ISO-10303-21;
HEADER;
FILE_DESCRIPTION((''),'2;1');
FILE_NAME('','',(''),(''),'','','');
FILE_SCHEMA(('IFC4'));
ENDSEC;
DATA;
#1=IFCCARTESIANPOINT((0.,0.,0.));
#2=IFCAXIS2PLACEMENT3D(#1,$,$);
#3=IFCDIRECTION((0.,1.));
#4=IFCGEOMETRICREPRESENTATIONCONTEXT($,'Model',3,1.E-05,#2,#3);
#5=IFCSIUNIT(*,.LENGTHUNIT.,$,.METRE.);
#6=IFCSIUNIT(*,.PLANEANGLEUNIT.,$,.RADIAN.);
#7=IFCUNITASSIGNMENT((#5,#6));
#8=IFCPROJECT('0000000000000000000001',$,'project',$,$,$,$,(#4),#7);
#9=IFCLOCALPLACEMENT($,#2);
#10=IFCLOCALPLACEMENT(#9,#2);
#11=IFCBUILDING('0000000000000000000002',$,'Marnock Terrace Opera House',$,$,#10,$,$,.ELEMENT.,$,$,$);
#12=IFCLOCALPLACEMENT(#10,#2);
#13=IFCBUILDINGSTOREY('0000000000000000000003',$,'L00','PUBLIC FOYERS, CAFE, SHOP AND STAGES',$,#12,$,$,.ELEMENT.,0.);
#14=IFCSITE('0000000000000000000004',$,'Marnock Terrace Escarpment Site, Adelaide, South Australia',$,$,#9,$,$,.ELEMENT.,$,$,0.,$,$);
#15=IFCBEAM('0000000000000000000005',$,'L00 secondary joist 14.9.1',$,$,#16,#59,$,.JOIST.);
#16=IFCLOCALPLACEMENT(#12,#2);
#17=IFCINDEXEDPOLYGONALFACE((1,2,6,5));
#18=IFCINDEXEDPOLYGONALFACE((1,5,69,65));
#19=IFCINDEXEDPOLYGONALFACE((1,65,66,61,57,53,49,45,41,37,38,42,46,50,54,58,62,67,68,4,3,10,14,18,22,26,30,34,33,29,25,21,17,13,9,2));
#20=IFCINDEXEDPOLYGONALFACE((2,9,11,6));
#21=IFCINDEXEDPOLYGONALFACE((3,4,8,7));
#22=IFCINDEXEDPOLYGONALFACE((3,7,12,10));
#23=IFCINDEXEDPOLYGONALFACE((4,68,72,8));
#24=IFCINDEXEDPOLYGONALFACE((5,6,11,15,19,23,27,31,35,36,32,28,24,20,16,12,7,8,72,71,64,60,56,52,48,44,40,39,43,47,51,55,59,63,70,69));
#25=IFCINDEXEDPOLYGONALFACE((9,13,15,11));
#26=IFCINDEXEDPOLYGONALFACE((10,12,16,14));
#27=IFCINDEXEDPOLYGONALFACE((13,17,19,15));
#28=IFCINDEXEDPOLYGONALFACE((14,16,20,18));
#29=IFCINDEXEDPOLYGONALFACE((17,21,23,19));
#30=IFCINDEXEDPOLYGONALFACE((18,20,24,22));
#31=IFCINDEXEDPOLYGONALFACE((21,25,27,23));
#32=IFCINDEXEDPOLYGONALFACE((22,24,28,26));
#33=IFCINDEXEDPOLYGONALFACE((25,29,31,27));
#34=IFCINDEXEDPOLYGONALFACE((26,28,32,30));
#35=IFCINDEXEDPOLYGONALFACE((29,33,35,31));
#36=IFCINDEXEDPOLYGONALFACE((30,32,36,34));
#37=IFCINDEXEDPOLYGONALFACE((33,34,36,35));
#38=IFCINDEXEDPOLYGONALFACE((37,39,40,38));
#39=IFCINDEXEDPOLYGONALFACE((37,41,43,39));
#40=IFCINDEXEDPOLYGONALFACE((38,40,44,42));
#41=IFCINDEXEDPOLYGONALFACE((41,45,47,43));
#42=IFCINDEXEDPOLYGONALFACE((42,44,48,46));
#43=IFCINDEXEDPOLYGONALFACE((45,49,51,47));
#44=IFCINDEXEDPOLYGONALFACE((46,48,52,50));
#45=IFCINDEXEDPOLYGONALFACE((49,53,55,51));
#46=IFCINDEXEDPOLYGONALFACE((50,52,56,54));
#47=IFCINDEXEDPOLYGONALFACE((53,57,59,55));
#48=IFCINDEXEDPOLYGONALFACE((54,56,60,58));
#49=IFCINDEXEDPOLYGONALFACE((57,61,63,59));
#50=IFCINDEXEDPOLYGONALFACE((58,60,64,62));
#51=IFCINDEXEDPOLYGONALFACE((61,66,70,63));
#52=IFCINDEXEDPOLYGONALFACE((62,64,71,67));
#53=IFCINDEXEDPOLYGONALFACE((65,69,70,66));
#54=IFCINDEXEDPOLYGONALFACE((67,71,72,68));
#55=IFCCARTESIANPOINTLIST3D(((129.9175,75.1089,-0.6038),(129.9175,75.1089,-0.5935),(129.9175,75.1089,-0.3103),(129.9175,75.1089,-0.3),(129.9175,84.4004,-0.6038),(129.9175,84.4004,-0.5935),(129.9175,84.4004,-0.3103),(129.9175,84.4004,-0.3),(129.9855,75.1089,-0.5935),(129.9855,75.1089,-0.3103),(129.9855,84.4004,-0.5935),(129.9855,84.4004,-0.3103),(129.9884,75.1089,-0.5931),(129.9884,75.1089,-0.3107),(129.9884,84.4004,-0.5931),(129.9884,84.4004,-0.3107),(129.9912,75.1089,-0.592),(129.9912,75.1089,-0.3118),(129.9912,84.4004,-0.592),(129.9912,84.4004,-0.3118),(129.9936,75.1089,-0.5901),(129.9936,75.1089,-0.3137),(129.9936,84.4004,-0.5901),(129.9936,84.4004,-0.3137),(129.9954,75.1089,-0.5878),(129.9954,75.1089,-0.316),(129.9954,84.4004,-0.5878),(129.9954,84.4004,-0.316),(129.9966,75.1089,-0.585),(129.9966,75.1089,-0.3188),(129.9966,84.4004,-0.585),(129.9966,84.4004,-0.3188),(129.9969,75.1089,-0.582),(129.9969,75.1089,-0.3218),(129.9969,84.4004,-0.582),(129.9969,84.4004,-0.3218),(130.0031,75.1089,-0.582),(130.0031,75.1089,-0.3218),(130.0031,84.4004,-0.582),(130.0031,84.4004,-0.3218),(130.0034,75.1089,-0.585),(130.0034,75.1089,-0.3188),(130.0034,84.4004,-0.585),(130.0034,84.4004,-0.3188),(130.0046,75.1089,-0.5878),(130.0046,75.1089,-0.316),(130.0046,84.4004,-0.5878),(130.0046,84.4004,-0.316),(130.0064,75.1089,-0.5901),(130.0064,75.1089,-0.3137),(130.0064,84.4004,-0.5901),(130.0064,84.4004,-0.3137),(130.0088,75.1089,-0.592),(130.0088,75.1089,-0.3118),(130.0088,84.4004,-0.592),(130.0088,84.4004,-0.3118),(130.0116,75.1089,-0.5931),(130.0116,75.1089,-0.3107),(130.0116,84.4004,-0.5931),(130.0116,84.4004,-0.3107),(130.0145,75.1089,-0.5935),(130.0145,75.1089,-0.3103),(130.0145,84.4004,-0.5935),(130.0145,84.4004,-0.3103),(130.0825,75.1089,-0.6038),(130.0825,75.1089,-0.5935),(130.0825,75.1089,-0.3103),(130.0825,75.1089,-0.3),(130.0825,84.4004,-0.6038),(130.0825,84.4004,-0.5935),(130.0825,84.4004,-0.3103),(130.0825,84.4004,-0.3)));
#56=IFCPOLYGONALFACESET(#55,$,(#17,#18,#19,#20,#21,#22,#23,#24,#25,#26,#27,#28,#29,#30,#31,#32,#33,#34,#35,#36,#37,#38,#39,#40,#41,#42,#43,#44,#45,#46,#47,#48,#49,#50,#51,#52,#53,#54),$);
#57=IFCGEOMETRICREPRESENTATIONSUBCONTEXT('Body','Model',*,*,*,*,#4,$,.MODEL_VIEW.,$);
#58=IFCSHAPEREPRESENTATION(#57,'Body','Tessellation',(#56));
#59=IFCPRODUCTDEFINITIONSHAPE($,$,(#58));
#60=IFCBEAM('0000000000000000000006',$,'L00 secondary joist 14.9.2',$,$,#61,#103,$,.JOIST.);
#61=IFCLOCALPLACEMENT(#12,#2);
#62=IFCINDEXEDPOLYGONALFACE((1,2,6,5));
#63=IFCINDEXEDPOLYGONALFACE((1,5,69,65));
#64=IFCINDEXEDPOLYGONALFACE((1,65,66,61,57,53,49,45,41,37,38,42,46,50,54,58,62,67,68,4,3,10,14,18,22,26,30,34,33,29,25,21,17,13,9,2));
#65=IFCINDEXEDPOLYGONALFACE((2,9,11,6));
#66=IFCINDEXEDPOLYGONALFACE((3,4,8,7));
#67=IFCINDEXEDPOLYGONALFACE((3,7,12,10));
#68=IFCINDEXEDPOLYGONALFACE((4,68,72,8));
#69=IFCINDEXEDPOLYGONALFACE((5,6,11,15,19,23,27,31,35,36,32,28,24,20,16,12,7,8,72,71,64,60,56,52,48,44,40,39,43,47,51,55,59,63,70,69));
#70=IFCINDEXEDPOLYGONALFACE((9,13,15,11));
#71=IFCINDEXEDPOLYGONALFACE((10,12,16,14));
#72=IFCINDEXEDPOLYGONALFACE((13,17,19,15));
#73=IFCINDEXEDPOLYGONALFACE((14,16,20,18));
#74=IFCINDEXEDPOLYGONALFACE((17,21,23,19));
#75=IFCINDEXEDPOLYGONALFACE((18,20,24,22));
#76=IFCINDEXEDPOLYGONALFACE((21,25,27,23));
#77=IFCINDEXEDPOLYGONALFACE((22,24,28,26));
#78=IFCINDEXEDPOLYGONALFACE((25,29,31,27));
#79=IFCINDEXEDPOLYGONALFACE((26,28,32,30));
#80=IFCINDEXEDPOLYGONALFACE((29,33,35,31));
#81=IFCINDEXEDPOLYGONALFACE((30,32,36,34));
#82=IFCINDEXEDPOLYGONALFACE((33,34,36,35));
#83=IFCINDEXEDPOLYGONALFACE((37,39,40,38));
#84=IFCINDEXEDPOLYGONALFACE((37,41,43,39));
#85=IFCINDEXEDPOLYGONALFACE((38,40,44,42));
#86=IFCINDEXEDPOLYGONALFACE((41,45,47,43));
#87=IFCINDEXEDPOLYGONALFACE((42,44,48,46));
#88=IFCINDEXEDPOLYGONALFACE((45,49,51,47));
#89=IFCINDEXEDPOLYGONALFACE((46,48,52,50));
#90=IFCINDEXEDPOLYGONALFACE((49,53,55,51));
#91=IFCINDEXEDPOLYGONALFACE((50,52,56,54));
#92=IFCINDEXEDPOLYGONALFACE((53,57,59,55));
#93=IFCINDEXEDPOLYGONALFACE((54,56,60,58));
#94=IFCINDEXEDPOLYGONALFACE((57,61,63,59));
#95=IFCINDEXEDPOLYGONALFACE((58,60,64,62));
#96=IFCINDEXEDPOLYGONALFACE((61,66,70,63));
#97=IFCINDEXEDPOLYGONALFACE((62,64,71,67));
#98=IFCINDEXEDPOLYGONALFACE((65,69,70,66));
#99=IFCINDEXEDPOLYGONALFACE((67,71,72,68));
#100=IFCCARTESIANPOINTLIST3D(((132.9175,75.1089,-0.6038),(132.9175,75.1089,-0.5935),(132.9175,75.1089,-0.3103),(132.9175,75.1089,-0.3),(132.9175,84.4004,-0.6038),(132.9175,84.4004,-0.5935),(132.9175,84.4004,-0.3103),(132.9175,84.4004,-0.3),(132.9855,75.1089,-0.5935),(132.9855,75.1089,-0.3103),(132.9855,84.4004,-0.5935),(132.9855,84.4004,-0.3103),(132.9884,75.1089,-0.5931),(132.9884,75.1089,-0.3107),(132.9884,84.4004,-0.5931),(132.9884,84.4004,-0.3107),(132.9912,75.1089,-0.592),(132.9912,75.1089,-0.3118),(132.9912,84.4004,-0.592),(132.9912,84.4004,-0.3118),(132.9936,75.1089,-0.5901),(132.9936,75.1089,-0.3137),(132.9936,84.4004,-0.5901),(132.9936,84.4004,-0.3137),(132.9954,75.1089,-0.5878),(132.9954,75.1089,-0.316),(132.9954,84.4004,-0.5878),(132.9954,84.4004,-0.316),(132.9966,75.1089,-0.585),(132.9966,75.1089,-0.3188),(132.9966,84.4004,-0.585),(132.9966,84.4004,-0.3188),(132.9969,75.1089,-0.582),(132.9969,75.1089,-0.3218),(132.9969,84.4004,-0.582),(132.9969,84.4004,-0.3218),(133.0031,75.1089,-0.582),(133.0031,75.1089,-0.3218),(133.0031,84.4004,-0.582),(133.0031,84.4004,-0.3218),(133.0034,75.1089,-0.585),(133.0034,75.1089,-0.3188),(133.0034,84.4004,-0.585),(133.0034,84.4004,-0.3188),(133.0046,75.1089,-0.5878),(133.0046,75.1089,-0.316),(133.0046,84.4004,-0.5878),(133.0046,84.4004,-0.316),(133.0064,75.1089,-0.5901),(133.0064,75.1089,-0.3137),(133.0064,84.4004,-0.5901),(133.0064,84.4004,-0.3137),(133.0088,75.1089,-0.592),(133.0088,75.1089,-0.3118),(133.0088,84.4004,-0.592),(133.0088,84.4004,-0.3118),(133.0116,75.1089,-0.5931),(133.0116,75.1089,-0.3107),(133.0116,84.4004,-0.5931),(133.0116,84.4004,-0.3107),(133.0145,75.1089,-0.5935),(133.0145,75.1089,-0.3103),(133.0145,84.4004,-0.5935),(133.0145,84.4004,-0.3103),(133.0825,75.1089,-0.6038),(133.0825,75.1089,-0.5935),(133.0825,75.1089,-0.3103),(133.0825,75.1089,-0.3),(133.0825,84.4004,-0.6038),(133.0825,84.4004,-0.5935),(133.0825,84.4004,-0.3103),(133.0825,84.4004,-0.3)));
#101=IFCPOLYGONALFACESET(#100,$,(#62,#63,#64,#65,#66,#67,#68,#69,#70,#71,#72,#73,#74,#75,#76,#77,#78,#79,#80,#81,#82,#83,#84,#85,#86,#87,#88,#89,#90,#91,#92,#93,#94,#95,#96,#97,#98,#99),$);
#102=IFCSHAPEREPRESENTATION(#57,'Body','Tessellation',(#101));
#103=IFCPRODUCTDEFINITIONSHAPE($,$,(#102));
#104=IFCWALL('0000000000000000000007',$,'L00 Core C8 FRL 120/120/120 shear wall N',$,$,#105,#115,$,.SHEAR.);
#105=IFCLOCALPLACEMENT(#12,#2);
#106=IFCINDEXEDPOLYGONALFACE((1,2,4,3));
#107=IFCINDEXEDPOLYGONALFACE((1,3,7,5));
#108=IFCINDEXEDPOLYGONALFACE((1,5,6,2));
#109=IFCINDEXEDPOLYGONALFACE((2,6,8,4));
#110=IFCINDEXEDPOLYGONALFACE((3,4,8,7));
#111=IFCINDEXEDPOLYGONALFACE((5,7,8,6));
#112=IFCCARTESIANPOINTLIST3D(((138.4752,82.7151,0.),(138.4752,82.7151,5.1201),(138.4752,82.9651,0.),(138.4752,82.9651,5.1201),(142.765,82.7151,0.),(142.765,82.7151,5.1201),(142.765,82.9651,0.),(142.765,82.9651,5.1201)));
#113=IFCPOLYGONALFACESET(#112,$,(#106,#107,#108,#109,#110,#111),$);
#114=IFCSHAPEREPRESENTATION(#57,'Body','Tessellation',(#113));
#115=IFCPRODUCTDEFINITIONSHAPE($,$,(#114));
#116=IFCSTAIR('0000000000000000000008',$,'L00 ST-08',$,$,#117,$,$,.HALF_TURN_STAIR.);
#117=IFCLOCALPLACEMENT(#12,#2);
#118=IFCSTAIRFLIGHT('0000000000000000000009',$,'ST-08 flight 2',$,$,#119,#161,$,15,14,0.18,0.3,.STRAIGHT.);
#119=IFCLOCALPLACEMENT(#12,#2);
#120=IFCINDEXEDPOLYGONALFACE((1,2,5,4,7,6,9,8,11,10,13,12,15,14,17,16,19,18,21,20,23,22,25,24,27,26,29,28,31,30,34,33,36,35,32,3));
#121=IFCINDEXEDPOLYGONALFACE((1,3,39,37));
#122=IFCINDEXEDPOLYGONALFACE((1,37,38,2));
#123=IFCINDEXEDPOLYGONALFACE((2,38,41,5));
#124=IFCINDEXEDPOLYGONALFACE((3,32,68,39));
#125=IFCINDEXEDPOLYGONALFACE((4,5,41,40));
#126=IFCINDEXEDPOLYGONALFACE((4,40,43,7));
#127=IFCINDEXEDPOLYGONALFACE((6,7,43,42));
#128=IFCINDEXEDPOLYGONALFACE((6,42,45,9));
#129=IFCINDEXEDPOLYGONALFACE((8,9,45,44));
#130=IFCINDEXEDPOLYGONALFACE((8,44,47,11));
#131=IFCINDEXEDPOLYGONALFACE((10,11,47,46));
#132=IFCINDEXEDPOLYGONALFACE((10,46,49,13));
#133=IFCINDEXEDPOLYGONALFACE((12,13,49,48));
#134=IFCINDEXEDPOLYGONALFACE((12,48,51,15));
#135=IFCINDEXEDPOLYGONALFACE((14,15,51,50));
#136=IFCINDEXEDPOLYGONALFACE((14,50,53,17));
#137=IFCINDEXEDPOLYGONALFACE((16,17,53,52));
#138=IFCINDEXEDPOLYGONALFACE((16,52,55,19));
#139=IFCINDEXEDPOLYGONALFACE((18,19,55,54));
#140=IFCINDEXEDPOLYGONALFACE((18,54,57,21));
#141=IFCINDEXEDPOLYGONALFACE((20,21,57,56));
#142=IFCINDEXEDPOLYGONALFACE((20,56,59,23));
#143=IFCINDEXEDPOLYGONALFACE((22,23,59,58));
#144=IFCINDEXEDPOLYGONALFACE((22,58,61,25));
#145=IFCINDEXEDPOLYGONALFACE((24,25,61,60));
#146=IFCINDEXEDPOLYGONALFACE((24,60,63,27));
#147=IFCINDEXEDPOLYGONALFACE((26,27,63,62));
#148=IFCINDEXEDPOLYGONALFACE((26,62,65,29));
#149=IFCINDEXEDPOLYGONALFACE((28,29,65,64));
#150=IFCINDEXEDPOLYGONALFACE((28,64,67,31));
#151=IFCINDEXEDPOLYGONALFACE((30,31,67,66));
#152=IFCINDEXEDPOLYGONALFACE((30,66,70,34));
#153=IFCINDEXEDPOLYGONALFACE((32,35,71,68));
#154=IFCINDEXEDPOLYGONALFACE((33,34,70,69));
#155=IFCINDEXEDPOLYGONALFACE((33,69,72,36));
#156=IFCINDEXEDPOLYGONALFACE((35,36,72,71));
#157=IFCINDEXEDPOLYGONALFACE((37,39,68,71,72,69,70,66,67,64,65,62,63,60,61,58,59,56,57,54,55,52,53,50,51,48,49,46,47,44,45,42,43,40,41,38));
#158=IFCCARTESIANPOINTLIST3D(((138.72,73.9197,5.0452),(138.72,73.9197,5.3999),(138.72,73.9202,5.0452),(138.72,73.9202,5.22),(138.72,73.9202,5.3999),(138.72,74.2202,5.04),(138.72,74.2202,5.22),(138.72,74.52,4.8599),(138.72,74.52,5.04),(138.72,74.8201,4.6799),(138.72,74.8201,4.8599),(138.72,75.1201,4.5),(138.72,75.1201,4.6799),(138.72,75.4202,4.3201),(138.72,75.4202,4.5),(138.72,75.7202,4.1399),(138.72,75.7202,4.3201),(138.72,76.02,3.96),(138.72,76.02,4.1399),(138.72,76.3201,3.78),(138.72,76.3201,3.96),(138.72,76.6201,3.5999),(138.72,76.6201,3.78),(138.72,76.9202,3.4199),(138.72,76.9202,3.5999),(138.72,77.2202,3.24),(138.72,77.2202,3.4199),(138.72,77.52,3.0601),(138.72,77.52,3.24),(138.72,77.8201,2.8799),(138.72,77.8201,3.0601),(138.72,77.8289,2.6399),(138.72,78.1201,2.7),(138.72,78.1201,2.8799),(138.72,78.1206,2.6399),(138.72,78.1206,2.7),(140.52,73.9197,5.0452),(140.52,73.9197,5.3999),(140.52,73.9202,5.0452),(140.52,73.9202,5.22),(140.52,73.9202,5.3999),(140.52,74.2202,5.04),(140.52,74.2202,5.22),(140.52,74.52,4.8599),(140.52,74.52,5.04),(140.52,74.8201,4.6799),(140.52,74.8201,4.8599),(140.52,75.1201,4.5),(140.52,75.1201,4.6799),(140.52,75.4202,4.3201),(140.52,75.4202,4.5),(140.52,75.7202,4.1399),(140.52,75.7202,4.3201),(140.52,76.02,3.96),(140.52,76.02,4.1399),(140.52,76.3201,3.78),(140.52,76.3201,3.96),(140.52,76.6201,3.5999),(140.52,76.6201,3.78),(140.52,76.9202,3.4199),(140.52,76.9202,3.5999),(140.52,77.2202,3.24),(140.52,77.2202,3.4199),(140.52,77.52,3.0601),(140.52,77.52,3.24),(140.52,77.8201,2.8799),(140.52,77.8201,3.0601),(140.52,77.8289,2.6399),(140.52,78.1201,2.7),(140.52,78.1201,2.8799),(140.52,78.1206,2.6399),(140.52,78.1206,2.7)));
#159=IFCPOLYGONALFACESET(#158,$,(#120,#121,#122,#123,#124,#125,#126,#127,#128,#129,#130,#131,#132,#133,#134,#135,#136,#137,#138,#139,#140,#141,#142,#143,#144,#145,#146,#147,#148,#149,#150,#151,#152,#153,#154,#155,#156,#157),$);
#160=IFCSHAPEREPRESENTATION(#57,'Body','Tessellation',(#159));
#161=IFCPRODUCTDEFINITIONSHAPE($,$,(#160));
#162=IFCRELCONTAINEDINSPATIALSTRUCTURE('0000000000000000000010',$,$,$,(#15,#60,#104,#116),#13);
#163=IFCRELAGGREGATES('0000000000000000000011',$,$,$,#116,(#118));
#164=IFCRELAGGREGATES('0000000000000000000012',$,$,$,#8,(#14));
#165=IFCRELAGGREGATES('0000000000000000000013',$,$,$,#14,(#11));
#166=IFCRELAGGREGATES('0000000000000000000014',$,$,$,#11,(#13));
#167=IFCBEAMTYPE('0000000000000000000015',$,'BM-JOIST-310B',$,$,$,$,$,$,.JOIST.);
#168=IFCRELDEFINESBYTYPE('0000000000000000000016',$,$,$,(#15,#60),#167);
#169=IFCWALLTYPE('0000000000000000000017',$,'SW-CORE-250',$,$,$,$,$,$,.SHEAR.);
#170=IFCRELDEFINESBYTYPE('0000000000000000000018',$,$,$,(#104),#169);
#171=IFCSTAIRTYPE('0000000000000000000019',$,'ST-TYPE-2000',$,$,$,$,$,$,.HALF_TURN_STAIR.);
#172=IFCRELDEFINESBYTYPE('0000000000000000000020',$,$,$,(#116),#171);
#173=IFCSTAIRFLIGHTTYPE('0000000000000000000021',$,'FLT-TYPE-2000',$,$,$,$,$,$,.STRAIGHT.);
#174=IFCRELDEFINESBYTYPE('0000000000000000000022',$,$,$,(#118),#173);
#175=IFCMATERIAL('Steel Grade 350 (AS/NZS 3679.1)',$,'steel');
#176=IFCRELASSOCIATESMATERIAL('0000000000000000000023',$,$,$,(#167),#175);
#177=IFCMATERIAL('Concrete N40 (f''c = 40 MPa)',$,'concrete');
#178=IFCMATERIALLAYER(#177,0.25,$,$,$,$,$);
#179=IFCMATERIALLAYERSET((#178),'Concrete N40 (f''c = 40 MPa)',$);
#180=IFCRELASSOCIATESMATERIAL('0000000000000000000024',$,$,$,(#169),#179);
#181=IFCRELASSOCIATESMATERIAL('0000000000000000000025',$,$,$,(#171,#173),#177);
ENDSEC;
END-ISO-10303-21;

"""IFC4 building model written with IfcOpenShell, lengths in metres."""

from ifc_helpers import new_model, si_unit, direction, frame, frame_2d, origin, origin_2d, place, context, subcontext, project, spatial, polyline, rectangle, i_section, outline, extrude, material, layer, layer_set, material_profile, profile_set, type_object, element, aggregate, save


model = new_model("IFC4")

# Units and contexts
model_context = context("Model", 3, precision=1e-05, world=origin(), true_north=direction((0.0, 1.0)))
body_context = subcontext(model_context, "Body", "Model", "MODEL_VIEW")
ifc_project = project(units=[si_unit("LENGTHUNIT", "METRE"), si_unit("PLANEANGLEUNIT", "RADIAN")], contexts=[model_context])

# Site, building, storey
site_placement = place(None, origin())
site = spatial("IfcSite", under=ifc_project, at=site_placement, Name="Marnock Terrace Escarpment Site, Adelaide, South Australia", CompositionType="ELEMENT", RefElevation=0.0)
building_placement = place(site_placement, origin())
building = spatial("IfcBuilding", under=site, at=building_placement, Name="Marnock Terrace Opera House", CompositionType="ELEMENT")
storey_placement = place(building_placement, origin())
storey = spatial("IfcBuildingStorey", under=building, at=storey_placement, Name="L00", Description="PUBLIC FOYERS, CAFE, SHOP AND STAGES", CompositionType="ELEMENT", Elevation=0.0)

# Beams
ifc_material_1 = material(Name="Steel Grade 350 (AS/NZS 3679.1)", Category="steel")
ifc_material_profile_1 = material_profile(ifc_material_1, i_section(OverallWidth=0.165, OverallDepth=0.3037, WebThickness=0.0061, FlangeThickness=0.0103, FilletRadius=0.0115, at=origin_2d()))
ifc_profile_set_1 = profile_set([ifc_material_profile_1], Name="Steel Grade 350 (AS/NZS 3679.1)")
beam_type_1 = type_object("IfcBeamType", Name="BM-JOIST-310B", PredefinedType="JOIST", material=ifc_profile_set_1)
for number, where, z_axis, x_axis, name in (
    (1, (130.0, 75.1089, -0.4519), (0.0, 1.0, 0.0), (-1.0, 0.0, 0.0), "L00 secondary joist 14.9.1"),
    (2, (133.0, 75.1089, -0.4519), (0.0, 1.0, 0.0), (-1.0, 0.0, 0.0), "L00 secondary joist 14.9.2"),
):
    element("IfcBeam", number, at=place(storey_placement, frame(where, z_axis=z_axis, x_axis=x_axis)), inside=storey, type_object=beam_type_1, Name=name, PredefinedType="JOIST", context=body_context, shape_type="SweptSolid", body=[
        extrude(i_section(OverallWidth=0.165, OverallDepth=0.3037, WebThickness=0.0061, FlangeThickness=0.0103, FilletRadius=0.0115, at=origin_2d()), origin(), (0.0, 0.0, 1.0), 9.2915),
    ])

# Wall
ifc_material_2 = material(Name="Concrete N40 (f'c = 40 MPa)", Category="concrete")
ifc_layer = layer(ifc_material_2, 0.25)
ifc_layer_set = layer_set([ifc_layer], Name="Concrete N40 (f'c = 40 MPa)")
wall_type = type_object("IfcWallType", Name="SW-CORE-250", PredefinedType="SHEAR", material=ifc_layer_set)
wall_placement = place(storey_placement, frame((138.4751, 82.8401, 0.0), z_axis=(0.0, 0.0, 1.0), x_axis=(1.0, 0.0, 0.0)))
element("IfcWall", 3, at=wall_placement, inside=storey, type_object=wall_type, Name="L00 Core C8 FRL 120/120/120 shear wall N", PredefinedType="SHEAR", context=body_context, shape_type="SweptSolid", body=[
    extrude(rectangle(XDim=4.2898, YDim=0.25, at=frame_2d((2.145, 0.0))), origin(), (0.0, 0.0, 1.0), 5.1201),
])

# Stair, stair flight
stair_type = type_object("IfcStairType", Name="ST-TYPE-2000", PredefinedType="HALF_TURN_STAIR", material=ifc_material_2)
stair_placement = place(storey_placement, origin())
stair = element("IfcStair", 4, at=stair_placement, inside=storey, type_object=stair_type, Name="L00 ST-08", PredefinedType="HALF_TURN_STAIR")
stair_flight_type = type_object("IfcStairFlightType", Name="FLT-TYPE-2000", PredefinedType="STRAIGHT", material=ifc_material_2)
stair_flight_placement = place(storey_placement, frame((139.6201, 78.1201, 2.7), z_axis=(0.0, 0.0, 1.0), x_axis=(0.0, -1.0, 0.0)))
stair_flight = element("IfcStairFlight", 5, at=stair_flight_placement, type_object=stair_flight_type, Name="ST-08 flight 2", NumberOfRisers=15, NumberOfTreads=14, PredefinedType="STRAIGHT", RiserHeight=0.18, TreadLength=0.3, context=body_context, shape_type="SweptSolid", body=[
    extrude(outline(polyline([(-0.0005, -0.0601), (-0.0005, 0.0), (0.0, 0.0), (0.0, 0.1799), (0.3, 0.1799), (0.3, 0.3601), (0.6001, 0.3601), (0.6001, 0.54), (0.8999, 0.54), (0.8999, 0.72), (1.2, 0.72), (1.2, 0.8999), (1.5, 0.8999), (1.5, 1.0801), (1.8, 1.0801), (1.8, 1.26), (2.1001, 1.26), (2.1001, 1.4399), (2.3999, 1.4399), (2.3999, 1.6201), (2.7, 1.6201), (2.7, 1.8), (3.0, 1.8), (3.0, 1.98), (3.3, 1.98), (3.3, 2.1599), (3.6001, 2.1599), (3.6001, 2.3401), (3.8999, 2.3401), (3.8999, 2.52), (4.2, 2.52), (4.2, 2.7), (4.2004, 2.7), (4.2004, 2.3452), (4.2, 2.3452), (0.2913, -0.0601), (-0.0005, -0.0601)])), frame((0.0, 0.8999, 0.0), z_axis=(0.0, -1.0, 0.0), x_axis=(1.0, 0.0, 0.0)), (0.0, 0.0, 1.0), 1.8),
])
aggregate(stair, [stair_flight])

save(model, "model.ifc")
